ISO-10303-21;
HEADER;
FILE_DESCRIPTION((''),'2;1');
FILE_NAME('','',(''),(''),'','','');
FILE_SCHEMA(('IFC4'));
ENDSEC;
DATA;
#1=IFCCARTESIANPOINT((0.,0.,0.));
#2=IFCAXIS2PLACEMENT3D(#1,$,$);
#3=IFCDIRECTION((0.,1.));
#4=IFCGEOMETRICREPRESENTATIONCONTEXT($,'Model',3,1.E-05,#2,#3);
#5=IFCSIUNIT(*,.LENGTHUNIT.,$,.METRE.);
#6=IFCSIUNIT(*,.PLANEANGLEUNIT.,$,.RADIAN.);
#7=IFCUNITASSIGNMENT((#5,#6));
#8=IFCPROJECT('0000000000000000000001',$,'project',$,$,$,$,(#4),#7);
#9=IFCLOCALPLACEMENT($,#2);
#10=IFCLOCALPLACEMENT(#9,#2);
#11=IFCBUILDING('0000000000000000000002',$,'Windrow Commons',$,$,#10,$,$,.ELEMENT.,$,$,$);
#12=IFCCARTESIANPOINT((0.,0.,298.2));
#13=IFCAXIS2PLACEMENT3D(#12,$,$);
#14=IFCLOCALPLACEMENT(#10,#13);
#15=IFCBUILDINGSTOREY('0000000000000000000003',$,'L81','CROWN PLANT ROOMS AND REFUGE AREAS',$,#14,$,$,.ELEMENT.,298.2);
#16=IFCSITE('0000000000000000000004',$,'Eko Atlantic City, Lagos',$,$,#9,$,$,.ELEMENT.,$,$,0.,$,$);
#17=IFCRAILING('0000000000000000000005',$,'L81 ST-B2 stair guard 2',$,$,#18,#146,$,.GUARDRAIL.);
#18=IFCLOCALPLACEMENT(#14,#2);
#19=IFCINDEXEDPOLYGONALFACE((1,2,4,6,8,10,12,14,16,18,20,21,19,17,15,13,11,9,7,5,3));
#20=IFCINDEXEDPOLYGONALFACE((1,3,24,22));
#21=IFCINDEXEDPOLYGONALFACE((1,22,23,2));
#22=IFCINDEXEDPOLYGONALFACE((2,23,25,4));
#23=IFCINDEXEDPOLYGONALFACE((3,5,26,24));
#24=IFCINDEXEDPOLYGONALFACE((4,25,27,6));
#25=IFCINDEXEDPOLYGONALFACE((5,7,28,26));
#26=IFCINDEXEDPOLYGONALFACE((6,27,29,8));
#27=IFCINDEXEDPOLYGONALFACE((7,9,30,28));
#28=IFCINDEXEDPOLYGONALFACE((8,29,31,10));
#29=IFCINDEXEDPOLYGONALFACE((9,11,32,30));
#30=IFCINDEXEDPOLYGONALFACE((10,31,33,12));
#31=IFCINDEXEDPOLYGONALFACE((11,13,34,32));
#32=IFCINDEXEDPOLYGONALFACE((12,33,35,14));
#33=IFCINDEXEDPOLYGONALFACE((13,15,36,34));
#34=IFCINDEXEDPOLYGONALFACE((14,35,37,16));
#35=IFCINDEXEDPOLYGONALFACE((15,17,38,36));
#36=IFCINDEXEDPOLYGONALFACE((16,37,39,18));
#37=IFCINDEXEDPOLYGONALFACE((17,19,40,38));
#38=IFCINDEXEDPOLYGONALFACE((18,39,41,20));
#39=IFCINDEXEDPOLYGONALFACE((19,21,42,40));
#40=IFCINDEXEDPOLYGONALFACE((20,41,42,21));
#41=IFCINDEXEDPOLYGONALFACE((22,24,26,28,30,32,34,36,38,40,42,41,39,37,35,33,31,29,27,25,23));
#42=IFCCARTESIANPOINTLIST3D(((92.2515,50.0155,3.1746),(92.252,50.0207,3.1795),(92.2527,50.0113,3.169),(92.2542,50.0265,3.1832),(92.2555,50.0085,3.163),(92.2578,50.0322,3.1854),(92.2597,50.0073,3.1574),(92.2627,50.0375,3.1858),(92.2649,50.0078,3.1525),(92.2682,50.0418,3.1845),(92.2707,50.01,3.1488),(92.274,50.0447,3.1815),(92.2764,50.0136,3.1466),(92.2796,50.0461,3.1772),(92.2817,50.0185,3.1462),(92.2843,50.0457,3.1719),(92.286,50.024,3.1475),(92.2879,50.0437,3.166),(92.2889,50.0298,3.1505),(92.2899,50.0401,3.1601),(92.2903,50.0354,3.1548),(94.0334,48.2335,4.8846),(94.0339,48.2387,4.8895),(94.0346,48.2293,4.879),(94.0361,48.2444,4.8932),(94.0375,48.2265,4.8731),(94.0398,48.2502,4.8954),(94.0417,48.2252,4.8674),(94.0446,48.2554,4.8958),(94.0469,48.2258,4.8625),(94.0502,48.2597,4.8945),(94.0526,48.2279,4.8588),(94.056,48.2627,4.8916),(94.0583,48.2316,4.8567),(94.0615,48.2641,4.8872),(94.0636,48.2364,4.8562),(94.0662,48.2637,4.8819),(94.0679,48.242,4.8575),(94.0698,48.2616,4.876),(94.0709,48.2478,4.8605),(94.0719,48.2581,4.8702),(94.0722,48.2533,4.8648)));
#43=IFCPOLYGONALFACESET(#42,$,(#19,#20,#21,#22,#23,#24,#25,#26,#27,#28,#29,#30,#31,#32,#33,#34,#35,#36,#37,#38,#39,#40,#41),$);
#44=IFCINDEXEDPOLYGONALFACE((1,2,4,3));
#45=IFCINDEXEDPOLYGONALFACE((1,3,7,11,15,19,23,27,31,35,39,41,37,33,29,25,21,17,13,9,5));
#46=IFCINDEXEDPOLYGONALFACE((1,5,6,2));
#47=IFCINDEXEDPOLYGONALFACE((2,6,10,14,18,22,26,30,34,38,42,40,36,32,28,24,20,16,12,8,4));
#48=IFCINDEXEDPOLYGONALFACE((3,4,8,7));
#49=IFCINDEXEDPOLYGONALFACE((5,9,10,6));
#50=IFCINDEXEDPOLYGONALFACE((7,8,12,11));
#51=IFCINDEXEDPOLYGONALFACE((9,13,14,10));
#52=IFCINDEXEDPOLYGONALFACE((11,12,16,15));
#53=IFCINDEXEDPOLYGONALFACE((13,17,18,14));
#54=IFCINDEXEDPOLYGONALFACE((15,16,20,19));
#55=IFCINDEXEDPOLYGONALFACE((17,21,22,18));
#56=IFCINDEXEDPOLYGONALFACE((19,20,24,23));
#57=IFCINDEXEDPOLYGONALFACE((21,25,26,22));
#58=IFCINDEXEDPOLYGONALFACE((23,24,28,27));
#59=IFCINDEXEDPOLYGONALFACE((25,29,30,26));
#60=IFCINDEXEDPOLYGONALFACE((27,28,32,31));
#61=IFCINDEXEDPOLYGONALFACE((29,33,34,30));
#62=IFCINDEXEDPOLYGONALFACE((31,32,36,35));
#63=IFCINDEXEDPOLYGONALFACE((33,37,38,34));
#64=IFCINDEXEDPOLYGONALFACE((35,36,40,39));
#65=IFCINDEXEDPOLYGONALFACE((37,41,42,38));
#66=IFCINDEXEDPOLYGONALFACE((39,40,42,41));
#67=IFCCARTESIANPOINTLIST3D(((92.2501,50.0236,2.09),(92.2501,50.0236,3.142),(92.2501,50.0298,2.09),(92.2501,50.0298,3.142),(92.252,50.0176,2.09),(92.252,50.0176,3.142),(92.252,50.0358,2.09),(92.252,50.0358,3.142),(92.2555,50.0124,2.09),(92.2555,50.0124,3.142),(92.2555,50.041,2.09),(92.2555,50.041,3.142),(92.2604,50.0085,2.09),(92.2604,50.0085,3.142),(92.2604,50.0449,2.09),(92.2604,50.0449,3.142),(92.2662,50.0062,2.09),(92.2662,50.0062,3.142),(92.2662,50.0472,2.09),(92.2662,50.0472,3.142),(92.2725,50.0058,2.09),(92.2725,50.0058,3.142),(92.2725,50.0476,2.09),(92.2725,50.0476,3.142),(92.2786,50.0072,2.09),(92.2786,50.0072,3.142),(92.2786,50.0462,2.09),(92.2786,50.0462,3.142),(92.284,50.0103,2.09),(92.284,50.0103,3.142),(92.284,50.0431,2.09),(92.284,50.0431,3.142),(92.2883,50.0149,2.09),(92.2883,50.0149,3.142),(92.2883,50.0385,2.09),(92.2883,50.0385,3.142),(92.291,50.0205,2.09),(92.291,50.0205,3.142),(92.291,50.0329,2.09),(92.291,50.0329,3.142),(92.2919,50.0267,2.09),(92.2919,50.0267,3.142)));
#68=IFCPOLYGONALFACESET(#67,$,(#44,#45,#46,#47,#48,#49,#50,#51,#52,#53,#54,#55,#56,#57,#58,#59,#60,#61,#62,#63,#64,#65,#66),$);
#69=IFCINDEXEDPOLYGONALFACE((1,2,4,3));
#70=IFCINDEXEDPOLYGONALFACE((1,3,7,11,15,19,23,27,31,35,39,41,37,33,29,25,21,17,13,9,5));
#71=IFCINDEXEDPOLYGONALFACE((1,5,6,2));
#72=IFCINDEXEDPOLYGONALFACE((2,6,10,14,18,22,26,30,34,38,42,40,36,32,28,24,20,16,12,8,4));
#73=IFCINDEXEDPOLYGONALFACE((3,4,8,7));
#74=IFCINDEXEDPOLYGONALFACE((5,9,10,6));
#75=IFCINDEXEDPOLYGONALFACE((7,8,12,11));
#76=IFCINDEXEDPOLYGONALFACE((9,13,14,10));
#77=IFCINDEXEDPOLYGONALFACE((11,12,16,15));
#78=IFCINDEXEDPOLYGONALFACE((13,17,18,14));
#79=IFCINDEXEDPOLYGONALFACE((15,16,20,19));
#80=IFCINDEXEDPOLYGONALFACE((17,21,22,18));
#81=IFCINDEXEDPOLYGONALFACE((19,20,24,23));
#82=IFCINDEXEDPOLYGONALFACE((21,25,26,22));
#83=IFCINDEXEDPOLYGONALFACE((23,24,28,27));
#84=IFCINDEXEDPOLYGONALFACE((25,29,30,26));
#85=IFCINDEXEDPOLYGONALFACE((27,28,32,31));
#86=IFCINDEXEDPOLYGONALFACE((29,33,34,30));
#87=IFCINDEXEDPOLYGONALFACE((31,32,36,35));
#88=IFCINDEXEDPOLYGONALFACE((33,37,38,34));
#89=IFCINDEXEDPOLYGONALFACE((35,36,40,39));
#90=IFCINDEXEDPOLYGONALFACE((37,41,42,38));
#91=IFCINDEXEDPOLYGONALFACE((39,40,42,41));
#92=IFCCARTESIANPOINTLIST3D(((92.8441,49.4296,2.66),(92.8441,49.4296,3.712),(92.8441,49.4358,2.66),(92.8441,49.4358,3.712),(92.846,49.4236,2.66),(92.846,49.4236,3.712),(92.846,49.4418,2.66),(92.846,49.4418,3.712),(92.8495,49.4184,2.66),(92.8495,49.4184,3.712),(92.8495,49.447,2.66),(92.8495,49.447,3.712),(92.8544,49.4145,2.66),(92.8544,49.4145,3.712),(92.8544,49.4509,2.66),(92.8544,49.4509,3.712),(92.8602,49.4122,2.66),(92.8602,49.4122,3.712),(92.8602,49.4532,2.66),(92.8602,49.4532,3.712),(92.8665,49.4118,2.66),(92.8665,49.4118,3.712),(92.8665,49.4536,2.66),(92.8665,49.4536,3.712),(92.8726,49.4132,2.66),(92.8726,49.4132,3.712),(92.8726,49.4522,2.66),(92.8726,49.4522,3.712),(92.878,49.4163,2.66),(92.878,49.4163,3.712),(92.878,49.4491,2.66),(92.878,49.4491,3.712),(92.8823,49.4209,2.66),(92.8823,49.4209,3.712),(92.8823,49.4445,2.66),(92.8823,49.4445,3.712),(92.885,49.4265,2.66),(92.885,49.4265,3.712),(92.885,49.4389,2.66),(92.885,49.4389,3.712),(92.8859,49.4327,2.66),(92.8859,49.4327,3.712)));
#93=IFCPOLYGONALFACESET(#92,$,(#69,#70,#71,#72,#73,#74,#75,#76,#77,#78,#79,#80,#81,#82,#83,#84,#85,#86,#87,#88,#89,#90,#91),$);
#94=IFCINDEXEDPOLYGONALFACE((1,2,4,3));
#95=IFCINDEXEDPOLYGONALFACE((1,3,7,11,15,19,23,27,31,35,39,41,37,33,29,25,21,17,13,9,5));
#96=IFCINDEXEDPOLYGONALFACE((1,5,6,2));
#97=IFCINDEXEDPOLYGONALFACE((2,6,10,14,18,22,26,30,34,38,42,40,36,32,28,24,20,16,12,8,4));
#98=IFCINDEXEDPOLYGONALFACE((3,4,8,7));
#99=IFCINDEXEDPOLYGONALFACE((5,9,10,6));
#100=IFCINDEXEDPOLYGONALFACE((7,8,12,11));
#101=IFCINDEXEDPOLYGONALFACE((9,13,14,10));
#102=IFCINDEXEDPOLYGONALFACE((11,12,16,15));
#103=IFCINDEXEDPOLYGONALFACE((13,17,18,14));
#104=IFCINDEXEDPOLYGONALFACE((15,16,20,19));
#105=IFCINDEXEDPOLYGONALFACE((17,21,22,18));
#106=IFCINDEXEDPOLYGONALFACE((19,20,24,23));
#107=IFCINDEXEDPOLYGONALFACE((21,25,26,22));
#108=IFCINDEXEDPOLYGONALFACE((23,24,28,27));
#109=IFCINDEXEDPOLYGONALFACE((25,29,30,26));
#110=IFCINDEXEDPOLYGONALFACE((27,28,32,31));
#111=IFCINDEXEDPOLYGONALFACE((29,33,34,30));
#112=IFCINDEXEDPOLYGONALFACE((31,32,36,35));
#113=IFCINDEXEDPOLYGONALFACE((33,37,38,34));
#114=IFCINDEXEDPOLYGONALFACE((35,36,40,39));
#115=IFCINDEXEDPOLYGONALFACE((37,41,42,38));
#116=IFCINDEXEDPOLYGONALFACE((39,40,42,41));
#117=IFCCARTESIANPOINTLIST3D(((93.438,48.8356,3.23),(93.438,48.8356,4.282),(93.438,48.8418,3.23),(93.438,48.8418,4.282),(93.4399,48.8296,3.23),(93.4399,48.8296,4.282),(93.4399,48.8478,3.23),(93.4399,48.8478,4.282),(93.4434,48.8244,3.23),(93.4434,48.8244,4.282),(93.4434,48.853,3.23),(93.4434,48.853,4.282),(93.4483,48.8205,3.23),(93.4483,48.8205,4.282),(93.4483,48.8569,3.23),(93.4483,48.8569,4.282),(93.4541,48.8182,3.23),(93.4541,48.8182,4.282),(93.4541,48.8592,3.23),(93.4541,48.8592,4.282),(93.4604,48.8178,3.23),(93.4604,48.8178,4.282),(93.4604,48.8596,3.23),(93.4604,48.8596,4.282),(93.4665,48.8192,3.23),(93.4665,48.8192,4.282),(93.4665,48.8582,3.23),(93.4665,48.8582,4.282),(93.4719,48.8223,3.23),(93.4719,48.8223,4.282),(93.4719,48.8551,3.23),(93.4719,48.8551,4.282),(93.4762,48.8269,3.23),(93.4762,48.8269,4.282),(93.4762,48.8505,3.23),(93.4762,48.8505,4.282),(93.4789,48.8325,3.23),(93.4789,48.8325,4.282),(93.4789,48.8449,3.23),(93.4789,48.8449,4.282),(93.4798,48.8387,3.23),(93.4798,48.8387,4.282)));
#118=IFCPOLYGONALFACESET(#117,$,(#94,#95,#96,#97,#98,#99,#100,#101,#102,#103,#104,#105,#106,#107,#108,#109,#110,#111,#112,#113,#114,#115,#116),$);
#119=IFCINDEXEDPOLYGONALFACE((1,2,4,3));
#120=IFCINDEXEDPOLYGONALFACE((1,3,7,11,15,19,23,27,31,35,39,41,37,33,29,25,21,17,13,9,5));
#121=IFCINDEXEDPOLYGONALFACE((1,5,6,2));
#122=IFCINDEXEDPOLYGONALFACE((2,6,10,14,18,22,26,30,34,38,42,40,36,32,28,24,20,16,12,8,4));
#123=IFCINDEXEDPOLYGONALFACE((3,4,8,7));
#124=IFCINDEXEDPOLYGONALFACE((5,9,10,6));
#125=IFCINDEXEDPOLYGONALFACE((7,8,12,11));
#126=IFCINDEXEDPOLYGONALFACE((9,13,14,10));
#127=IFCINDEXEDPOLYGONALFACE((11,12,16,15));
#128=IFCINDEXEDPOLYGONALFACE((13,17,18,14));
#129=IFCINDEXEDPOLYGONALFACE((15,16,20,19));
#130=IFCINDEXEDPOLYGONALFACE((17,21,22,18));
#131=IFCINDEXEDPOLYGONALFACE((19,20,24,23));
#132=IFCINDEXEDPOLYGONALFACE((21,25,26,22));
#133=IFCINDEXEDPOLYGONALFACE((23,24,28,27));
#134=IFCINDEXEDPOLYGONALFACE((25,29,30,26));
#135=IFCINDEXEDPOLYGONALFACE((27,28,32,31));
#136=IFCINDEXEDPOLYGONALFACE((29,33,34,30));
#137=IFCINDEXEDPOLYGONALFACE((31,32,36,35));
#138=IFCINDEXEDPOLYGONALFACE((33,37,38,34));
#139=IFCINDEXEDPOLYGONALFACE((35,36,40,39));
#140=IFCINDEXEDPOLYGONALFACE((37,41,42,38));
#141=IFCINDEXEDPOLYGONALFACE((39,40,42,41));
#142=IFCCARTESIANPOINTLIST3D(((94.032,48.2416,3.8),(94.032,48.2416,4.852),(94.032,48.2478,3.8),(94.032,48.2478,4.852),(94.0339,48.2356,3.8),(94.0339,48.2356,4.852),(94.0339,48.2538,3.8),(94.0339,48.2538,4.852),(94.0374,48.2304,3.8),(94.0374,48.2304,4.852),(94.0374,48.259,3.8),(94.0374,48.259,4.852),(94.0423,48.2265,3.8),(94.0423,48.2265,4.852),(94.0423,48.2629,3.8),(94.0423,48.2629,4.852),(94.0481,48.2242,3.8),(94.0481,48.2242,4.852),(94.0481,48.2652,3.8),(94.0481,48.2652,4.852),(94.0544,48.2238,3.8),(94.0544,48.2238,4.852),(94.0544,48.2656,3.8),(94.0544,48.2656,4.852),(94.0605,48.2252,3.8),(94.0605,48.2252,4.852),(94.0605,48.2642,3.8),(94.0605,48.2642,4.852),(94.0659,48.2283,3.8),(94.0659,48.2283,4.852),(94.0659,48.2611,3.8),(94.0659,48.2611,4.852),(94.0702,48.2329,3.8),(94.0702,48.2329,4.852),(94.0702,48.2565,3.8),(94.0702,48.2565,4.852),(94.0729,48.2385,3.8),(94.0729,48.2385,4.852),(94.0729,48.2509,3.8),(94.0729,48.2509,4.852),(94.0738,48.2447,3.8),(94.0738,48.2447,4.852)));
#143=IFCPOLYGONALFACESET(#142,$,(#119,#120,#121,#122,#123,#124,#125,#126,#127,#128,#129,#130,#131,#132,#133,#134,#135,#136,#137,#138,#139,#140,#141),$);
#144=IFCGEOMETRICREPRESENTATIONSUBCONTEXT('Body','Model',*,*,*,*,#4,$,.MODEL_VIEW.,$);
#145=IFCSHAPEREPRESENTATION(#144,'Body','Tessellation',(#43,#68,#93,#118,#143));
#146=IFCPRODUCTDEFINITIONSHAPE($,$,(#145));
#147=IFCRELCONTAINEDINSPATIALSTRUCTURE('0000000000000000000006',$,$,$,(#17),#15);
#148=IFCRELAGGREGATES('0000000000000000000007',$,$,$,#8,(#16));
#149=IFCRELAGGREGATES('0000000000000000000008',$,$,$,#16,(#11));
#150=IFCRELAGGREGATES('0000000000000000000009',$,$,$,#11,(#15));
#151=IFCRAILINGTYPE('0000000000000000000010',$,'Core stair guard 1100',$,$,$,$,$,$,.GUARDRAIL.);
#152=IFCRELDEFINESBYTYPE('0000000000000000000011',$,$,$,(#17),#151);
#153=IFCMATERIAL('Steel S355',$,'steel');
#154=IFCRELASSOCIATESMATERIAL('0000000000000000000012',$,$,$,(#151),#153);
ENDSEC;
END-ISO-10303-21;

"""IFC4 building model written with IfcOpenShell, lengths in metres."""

from ifc_helpers import new_model, si_unit, direction, frame, origin, origin_2d, place, context, subcontext, project, spatial, circle, extrude, material, type_object, element, save


model = new_model("IFC4")

# Units and contexts
model_context = context("Model", 3, precision=1e-05, world=origin(), true_north=direction((0.0, 1.0)))
body_context = subcontext(model_context, "Body", "Model", "MODEL_VIEW")
ifc_project = project(units=[si_unit("LENGTHUNIT", "METRE"), si_unit("PLANEANGLEUNIT", "RADIAN")], contexts=[model_context])

# Site, building, storey
site_placement = place(None, origin())
site = spatial("IfcSite", under=ifc_project, at=site_placement, Name="Eko Atlantic City, Lagos", CompositionType="ELEMENT", RefElevation=0.0)
building_placement = place(site_placement, origin())
building = spatial("IfcBuilding", under=site, at=building_placement, Name="Windrow Commons", CompositionType="ELEMENT")
storey_placement = place(building_placement, frame((0.0, 0.0, 298.2)))
storey = spatial("IfcBuildingStorey", under=building, at=storey_placement, Name="L81", Description="CROWN PLANT ROOMS AND REFUGE AREAS", CompositionType="ELEMENT", Elevation=298.2)

# Railing
ifc_material_1 = material(Name="Steel S355", Category="steel")
railing_type_1 = type_object("IfcRailingType", Name="Core stair guard 1100", PredefinedType="GUARDRAIL", material=ifc_material_1)
railing_1_placement = place(storey_placement, frame((92.2709, 50.0267, 2.09)))
element("IfcRailing", 1, at=railing_1_placement, inside=storey, type_object=railing_type_1, Name="L81 ST-B2 stair guard 2", PredefinedType="GUARDRAIL", context=body_context, shape_type="SweptSolid", body=[
    extrude(circle(Radius=0.024, at=origin_2d()), frame((0.0, 0.0, 1.076), z_axis=(0.585102, -0.585134, 0.561493), x_axis=(0.707127, 0.707087, 0.0)), (0.0, 0.0, 1.0), 3.0455),
    extrude(circle(Radius=0.021, at=origin_2d()), origin(), (0.0, 0.0, 1.0), 1.052),
    extrude(circle(Radius=0.021, at=origin_2d()), frame((0.594, -0.594, 0.57)), (0.0, 0.0, 1.0), 1.052),
    extrude(circle(Radius=0.021, at=origin_2d()), frame((1.1879, -1.188, 1.14)), (0.0, 0.0, 1.0), 1.052),
    extrude(circle(Radius=0.021, at=origin_2d()), frame((1.7819, -1.782, 1.71)), (0.0, 0.0, 1.0), 1.052),
])

save(model, "model.ifc")
